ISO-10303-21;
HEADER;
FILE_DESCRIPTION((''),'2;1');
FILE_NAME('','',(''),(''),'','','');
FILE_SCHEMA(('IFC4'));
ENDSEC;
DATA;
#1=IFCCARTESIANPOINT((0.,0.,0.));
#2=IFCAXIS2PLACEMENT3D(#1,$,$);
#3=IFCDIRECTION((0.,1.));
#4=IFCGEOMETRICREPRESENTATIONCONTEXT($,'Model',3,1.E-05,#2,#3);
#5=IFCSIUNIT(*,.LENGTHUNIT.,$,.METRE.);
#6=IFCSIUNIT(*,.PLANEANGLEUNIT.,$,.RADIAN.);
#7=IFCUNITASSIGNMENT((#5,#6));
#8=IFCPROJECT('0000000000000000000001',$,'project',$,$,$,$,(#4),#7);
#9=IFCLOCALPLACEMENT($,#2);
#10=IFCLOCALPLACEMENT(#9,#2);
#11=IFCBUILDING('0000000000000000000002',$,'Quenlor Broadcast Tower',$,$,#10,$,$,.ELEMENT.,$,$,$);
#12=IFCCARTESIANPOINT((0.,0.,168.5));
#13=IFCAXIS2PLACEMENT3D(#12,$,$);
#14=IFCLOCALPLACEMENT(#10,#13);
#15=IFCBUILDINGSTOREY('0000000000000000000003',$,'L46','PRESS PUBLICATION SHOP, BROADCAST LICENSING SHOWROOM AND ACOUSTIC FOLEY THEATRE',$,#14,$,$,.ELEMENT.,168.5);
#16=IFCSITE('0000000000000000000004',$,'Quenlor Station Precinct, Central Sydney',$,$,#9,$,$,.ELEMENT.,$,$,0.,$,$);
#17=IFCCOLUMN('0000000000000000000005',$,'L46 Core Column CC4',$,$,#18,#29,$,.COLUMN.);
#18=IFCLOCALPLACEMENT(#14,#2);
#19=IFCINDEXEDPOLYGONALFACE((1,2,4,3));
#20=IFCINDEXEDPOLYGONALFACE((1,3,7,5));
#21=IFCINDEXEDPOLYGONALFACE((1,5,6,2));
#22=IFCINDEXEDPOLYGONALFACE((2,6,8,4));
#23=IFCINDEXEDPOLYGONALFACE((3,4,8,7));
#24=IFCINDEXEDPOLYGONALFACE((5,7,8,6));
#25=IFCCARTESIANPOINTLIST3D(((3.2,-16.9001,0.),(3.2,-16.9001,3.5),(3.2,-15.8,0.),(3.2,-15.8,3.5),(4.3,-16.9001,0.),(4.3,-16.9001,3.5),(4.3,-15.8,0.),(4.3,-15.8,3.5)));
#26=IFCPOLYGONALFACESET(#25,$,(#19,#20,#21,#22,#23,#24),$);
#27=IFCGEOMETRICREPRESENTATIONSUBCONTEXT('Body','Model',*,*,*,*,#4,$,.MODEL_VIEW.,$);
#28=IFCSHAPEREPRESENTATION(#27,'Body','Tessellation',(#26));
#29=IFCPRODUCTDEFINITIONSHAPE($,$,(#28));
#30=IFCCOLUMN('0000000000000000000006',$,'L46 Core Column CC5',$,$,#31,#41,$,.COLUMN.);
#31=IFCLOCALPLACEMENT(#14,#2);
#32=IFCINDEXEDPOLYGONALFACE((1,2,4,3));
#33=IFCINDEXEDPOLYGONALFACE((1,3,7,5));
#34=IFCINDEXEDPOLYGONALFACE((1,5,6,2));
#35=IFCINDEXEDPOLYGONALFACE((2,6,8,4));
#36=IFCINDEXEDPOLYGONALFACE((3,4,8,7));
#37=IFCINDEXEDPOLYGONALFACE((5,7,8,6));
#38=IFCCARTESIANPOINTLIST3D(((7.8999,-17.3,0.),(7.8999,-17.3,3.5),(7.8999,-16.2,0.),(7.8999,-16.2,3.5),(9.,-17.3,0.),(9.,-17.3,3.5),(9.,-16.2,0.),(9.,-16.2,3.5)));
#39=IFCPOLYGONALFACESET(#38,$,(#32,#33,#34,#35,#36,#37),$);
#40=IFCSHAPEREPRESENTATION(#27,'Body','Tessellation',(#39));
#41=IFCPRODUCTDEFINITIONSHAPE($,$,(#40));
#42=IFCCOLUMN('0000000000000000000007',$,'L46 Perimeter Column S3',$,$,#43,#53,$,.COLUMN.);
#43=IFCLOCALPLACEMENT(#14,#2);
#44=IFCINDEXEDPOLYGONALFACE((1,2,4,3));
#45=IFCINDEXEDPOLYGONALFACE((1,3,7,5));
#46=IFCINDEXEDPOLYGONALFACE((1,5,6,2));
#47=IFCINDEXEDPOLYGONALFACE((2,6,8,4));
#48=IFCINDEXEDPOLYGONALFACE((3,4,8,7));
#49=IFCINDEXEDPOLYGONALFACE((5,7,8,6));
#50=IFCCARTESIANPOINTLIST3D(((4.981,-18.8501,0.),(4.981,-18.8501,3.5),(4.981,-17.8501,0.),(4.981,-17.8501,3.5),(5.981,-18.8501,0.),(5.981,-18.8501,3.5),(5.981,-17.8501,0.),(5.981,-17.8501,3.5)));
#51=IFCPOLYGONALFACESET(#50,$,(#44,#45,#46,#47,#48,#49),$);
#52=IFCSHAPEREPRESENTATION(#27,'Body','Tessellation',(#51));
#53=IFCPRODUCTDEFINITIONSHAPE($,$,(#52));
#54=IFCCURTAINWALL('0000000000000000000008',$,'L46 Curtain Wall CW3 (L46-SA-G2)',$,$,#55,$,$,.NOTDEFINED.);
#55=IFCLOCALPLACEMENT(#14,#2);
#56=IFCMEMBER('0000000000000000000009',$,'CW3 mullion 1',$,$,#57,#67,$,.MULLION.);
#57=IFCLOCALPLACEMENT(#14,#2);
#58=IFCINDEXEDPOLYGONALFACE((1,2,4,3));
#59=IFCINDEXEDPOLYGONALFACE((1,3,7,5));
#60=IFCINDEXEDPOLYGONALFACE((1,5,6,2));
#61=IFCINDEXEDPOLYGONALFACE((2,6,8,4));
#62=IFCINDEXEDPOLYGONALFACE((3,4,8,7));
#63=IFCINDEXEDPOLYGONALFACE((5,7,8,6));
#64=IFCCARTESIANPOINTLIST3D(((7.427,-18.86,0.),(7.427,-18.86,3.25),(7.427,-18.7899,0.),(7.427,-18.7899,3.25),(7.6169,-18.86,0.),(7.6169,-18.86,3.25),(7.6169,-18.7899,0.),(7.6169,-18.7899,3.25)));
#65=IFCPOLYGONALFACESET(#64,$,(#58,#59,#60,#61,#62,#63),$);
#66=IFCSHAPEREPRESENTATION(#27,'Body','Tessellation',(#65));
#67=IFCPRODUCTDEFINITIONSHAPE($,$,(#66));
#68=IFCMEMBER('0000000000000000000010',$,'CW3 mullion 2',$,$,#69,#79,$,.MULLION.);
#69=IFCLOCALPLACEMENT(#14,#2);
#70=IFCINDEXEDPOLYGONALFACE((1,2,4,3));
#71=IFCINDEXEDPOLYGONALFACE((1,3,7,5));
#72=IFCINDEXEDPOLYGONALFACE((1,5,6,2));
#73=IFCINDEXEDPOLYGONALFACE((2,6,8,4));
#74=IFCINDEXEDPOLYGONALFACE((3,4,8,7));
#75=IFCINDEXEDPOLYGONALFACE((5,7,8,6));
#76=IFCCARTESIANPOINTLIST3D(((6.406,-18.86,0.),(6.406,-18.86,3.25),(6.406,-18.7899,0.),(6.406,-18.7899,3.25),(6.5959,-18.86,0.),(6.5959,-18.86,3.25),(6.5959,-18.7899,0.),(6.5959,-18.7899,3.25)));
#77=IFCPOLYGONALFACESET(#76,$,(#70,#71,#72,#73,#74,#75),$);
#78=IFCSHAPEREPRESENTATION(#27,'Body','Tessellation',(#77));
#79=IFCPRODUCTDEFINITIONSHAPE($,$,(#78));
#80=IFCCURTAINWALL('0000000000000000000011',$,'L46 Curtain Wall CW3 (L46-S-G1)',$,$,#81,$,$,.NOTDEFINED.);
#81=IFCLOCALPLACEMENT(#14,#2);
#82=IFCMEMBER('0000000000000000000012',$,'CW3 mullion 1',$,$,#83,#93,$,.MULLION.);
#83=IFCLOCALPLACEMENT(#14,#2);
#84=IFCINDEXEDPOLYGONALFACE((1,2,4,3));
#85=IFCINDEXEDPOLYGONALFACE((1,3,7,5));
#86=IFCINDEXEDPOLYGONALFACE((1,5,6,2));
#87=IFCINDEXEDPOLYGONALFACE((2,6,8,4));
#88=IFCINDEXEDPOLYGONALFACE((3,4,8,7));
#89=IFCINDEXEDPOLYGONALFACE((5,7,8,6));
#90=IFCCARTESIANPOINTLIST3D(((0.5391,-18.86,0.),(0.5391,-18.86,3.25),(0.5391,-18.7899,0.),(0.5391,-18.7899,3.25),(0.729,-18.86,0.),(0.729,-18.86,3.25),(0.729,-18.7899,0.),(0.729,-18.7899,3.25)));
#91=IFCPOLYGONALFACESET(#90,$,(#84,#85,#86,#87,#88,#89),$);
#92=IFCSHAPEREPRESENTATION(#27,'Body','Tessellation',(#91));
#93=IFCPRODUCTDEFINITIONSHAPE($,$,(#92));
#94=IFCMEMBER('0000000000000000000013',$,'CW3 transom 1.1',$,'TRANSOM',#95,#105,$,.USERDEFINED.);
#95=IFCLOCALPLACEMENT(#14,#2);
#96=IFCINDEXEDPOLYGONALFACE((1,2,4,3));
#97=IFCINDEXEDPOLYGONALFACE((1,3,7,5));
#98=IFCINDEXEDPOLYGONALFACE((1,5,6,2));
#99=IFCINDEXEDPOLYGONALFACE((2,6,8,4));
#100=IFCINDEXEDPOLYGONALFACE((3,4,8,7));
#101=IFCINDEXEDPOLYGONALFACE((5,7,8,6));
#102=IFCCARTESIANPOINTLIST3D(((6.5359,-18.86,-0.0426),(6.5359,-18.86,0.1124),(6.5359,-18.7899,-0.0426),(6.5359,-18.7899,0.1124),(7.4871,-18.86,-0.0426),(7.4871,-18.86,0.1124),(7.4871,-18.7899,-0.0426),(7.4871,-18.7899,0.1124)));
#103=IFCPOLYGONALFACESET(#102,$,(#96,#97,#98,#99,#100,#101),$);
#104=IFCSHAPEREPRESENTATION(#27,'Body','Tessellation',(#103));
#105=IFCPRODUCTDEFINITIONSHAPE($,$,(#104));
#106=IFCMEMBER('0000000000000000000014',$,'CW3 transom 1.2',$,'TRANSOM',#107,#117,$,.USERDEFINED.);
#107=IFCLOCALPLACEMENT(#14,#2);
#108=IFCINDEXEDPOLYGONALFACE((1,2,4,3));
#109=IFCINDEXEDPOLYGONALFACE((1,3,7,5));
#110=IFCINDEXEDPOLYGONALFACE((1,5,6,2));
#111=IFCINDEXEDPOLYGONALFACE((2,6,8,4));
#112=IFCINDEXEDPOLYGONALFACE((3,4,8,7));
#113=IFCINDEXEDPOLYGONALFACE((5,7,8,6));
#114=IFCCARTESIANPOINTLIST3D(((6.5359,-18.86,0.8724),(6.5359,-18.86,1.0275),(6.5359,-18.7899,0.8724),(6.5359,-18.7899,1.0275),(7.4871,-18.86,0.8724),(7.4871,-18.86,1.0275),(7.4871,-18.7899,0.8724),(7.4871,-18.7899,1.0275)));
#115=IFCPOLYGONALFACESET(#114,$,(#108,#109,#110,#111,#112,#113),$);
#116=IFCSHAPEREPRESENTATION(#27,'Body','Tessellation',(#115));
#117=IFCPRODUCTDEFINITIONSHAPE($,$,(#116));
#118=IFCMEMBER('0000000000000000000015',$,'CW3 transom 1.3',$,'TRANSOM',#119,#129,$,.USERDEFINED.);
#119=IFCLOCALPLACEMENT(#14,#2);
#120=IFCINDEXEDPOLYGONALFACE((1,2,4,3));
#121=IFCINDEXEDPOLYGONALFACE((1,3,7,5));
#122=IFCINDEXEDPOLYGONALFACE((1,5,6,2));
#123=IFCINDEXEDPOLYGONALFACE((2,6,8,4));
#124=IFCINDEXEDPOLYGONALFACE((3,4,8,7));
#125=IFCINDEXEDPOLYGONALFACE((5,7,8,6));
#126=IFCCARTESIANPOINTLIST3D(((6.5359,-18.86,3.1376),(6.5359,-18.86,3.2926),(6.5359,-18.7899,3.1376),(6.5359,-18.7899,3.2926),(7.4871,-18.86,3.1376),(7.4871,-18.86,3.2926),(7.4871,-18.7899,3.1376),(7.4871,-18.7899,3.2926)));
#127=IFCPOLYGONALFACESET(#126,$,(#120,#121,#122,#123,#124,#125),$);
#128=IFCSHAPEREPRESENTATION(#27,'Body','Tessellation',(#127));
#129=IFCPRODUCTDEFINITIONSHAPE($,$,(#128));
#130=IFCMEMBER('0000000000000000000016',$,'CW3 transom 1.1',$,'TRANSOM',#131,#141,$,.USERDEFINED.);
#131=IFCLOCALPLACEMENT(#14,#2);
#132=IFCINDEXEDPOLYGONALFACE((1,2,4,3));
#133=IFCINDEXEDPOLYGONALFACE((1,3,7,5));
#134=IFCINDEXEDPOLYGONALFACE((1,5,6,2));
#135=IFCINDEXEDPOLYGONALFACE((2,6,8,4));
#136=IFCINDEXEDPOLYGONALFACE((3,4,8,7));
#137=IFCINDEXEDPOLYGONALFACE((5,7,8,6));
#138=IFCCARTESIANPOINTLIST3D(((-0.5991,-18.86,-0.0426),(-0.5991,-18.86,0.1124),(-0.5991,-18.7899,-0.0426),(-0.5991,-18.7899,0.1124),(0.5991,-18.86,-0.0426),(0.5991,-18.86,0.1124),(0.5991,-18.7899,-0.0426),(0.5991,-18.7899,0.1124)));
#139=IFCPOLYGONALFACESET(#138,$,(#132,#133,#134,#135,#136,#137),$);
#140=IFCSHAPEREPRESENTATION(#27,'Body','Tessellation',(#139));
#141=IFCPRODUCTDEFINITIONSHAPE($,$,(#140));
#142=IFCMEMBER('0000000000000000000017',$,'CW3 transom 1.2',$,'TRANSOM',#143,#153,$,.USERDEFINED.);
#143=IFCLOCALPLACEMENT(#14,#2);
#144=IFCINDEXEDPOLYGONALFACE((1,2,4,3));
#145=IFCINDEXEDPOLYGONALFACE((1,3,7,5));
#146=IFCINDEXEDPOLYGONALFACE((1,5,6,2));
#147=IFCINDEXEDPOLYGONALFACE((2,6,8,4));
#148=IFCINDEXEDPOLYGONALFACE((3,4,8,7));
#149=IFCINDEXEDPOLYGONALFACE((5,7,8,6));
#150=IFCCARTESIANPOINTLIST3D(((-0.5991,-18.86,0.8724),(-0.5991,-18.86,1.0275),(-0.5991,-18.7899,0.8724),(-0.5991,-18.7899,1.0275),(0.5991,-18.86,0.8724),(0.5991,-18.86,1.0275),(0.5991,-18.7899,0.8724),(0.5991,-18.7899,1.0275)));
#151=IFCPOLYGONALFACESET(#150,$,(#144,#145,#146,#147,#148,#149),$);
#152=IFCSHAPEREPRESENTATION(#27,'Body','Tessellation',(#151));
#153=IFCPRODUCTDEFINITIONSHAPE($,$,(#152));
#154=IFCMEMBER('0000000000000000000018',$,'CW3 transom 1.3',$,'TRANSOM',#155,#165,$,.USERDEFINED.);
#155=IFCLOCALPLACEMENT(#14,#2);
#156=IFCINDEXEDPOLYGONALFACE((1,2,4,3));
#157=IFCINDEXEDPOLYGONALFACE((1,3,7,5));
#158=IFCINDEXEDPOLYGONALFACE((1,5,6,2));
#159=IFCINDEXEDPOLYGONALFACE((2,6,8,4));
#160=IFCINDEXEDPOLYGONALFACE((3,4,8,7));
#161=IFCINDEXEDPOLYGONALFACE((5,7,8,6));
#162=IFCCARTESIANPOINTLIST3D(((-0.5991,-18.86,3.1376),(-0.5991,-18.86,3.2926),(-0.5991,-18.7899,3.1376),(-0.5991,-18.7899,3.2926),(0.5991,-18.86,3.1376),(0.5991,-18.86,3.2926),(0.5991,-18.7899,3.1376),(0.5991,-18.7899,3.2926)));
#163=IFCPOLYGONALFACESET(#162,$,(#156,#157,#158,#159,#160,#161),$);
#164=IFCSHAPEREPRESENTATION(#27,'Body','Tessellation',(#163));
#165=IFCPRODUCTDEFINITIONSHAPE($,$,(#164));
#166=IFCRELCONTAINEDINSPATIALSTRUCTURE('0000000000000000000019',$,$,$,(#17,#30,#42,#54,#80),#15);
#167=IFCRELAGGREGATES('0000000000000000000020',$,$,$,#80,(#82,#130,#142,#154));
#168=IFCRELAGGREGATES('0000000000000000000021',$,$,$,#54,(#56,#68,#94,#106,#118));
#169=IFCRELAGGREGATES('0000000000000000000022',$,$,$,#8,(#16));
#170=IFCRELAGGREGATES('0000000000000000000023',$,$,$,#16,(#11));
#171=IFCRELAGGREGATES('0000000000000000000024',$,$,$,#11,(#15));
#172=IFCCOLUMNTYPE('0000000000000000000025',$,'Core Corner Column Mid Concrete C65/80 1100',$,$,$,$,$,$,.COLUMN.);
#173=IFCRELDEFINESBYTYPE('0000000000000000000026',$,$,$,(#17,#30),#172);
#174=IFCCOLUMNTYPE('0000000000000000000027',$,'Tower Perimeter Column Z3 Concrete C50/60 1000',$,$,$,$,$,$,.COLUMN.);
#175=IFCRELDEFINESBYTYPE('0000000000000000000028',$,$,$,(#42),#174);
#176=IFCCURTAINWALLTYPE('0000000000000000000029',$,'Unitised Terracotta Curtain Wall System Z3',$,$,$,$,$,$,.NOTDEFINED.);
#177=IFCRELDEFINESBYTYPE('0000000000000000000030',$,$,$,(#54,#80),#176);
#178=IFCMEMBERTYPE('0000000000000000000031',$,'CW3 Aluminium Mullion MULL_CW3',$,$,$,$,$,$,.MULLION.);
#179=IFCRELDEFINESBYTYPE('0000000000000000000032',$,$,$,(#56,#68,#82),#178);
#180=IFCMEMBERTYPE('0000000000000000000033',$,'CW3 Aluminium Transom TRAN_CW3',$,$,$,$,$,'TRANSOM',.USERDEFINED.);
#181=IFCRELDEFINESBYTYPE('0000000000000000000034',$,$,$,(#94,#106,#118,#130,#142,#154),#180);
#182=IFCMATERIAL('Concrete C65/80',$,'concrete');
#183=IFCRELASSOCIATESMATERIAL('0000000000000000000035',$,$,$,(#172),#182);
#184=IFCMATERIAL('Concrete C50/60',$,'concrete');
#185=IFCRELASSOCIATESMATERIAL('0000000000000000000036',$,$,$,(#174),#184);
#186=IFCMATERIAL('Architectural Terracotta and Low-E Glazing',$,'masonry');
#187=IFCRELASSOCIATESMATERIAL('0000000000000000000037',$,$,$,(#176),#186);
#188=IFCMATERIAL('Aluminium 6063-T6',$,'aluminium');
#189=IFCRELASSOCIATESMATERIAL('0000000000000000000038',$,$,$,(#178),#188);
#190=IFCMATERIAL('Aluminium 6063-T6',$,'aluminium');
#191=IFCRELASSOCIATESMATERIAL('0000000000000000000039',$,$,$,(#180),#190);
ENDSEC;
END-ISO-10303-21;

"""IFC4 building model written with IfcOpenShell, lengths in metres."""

from ifc_helpers import new_model, si_unit, direction, frame, origin, origin_2d, place, context, subcontext, project, spatial, rectangle, extrude, material, material_profile, profile_set, type_object, element, aggregate, save


model = new_model("IFC4")

# Units and contexts
model_context = context("Model", 3, precision=1e-05, world=origin(), true_north=direction((0.0, 1.0)))
body_context = subcontext(model_context, "Body", "Model", "MODEL_VIEW")
ifc_project = project(units=[si_unit("LENGTHUNIT", "METRE"), si_unit("PLANEANGLEUNIT", "RADIAN")], contexts=[model_context])

# Site, building, storey
site_placement = place(None, origin())
site = spatial("IfcSite", under=ifc_project, at=site_placement, Name="Quenlor Station Precinct, Central Sydney", CompositionType="ELEMENT", RefElevation=0.0)
building_placement = place(site_placement, origin())
building = spatial("IfcBuilding", under=site, at=building_placement, Name="Quenlor Broadcast Tower", CompositionType="ELEMENT")
storey_placement = place(building_placement, frame((0.0, 0.0, 168.5)))
storey = spatial("IfcBuildingStorey", under=building, at=storey_placement, Name="L46", Description="PRESS PUBLICATION SHOP, BROADCAST LICENSING SHOWROOM AND ACOUSTIC FOLEY THEATRE", CompositionType="ELEMENT", Elevation=168.5)

# Columns
ifc_material_1 = material(Name="Concrete C65/80", Category="concrete")
ifc_material_profile_1 = material_profile(ifc_material_1, rectangle(XDim=1.1001, YDim=1.1001, at=origin_2d()))
ifc_profile_set_1 = profile_set([ifc_material_profile_1], Name="Concrete C65/80 RC1100x1100")
column_type_1 = type_object("IfcColumnType", Name="Core Corner Column Mid Concrete C65/80 1100", PredefinedType="COLUMN", material=ifc_profile_set_1)
for number, where, z_axis, x_axis, name in (
    (1, (3.75, -16.3501, 0.0), (0.0, 0.0, 1.0), (1.0, 0.0, 0.0), "L46 Core Column CC4"),
    (2, (8.45, -16.75, 0.0), (0.0, 0.0, 1.0), (1.0, 0.0, 0.0), "L46 Core Column CC5"),
):
    element("IfcColumn", number, at=place(storey_placement, frame(where, z_axis=z_axis, x_axis=x_axis)), inside=storey, type_object=column_type_1, Name=name, PredefinedType="COLUMN", context=body_context, shape_type="SweptSolid", body=[
        extrude(rectangle(XDim=1.1001, YDim=1.1001, at=origin_2d()), origin(), (0.0, 0.0, 1.0), 3.5),
    ])
ifc_material_2 = material(Name="Concrete C50/60", Category="concrete")
ifc_material_profile_2 = material_profile(ifc_material_2, rectangle(XDim=1.0, YDim=1.0, at=origin_2d()))
ifc_profile_set_2 = profile_set([ifc_material_profile_2], Name="Concrete C50/60 RC1000x1000")
column_type_2 = type_object("IfcColumnType", Name="Tower Perimeter Column Z3 Concrete C50/60 1000", PredefinedType="COLUMN", material=ifc_profile_set_2)
column_placement = place(storey_placement, frame((5.481, -18.3501, 0.0), z_axis=(0.0, 0.0, 1.0), x_axis=(0.0, 1.0, 0.0)))
element("IfcColumn", 3, at=column_placement, inside=storey, type_object=column_type_2, Name="L46 Perimeter Column S3", PredefinedType="COLUMN", context=body_context, shape_type="SweptSolid", body=[
    extrude(rectangle(XDim=1.0, YDim=1.0, at=origin_2d()), origin(), (0.0, 0.0, 1.0), 3.5),
])

# Curtain wall, members
ifc_material_3 = material(Name="Architectural Terracotta and Low-E Glazing", Category="masonry")
curtain_wall_type = type_object("IfcCurtainWallType", Name="Unitised Terracotta Curtain Wall System Z3", PredefinedType="NOTDEFINED", material=ifc_material_3)
curtain_wall_1_placement = place(storey_placement, origin())
curtain_wall_1 = element("IfcCurtainWall", 4, at=curtain_wall_1_placement, inside=storey, type_object=curtain_wall_type, Name="L46 Curtain Wall CW3 (L46-SA-G2)", PredefinedType="NOTDEFINED")
ifc_material_4 = material(Name="Aluminium 6063-T6", Category="aluminium")
ifc_material_profile_3 = material_profile(ifc_material_4, rectangle(XDim=0.0701, YDim=0.1899, at=origin_2d()))
ifc_profile_set_3 = profile_set([ifc_material_profile_3], Name="Aluminium 6063-T6 MULL70x190")
member_type_1 = type_object("IfcMemberType", Name="CW3 Aluminium Mullion MULL_CW3", PredefinedType="MULLION", material=ifc_profile_set_3)
member_1_placement = place(storey_placement, frame((7.522, -18.825, 0.0), z_axis=(0.0, 0.0, 1.0), x_axis=(0.0, -1.0, 0.0)))
member_1 = element("IfcMember", 5, at=member_1_placement, type_object=member_type_1, Name="CW3 mullion 1", PredefinedType="MULLION", context=body_context, shape_type="SweptSolid", body=[
    extrude(rectangle(XDim=0.0701, YDim=0.1899, at=origin_2d()), origin(), (0.0, 0.0, 1.0), 3.25),
])
member_2_placement = place(storey_placement, frame((6.501, -18.825, 0.0), z_axis=(0.0, 0.0, 1.0), x_axis=(0.0, -1.0, 0.0)))
member_2 = element("IfcMember", 6, at=member_2_placement, type_object=member_type_1, Name="CW3 mullion 2", PredefinedType="MULLION", context=body_context, shape_type="SweptSolid", body=[
    extrude(rectangle(XDim=0.0701, YDim=0.1899, at=origin_2d()), origin(), (0.0, 0.0, 1.0), 3.25),
])

# Curtain wall, member
curtain_wall_2_placement = place(storey_placement, origin())
curtain_wall_2 = element("IfcCurtainWall", 7, at=curtain_wall_2_placement, inside=storey, type_object=curtain_wall_type, Name="L46 Curtain Wall CW3 (L46-S-G1)", PredefinedType="NOTDEFINED")
member_3_placement = place(storey_placement, frame((0.634, -18.825, 0.0), z_axis=(0.0, 0.0, 1.0), x_axis=(0.0, -1.0, 0.0)))
member_3 = element("IfcMember", 8, at=member_3_placement, type_object=member_type_1, Name="CW3 mullion 1", PredefinedType="MULLION", context=body_context, shape_type="SweptSolid", body=[
    extrude(rectangle(XDim=0.0701, YDim=0.1899, at=origin_2d()), origin(), (0.0, 0.0, 1.0), 3.25),
])

# Members
ifc_material_5 = material(Name="Aluminium 6063-T6", Category="aluminium")
ifc_material_profile_4 = material_profile(ifc_material_5, rectangle(XDim=0.0701, YDim=0.155, at=origin_2d()))
ifc_profile_set_4 = profile_set([ifc_material_profile_4], Name="Aluminium 6063-T6 TRAN70x155")
member_type_2 = type_object("IfcMemberType", Name="CW3 Aluminium Transom TRAN_CW3", ElementType="TRANSOM", PredefinedType="USERDEFINED", material=ifc_profile_set_4)
member_4_placement = place(storey_placement, frame((7.4871, -18.825, 0.0349), z_axis=(-1.0, 0.0, 0.0), x_axis=(0.0, -1.0, 0.0)))
member_4 = element("IfcMember", 9, at=member_4_placement, type_object=member_type_2, Name="CW3 transom 1.1", ObjectType="TRANSOM", PredefinedType="USERDEFINED", context=body_context, shape_type="SweptSolid", body=[
    extrude(rectangle(XDim=0.0701, YDim=0.155, at=origin_2d()), origin(), (0.0, 0.0, 1.0), 0.9512),
])
member_5_placement = place(storey_placement, frame((7.4871, -18.825, 0.95), z_axis=(-1.0, 0.0, 0.0), x_axis=(0.0, -1.0, 0.0)))
member_5 = element("IfcMember", 10, at=member_5_placement, type_object=member_type_2, Name="CW3 transom 1.2", ObjectType="TRANSOM", PredefinedType="USERDEFINED", context=body_context, shape_type="SweptSolid", body=[
    extrude(rectangle(XDim=0.0701, YDim=0.155, at=origin_2d()), origin(), (0.0, 0.0, 1.0), 0.9512),
])
member_6_placement = place(storey_placement, frame((7.4871, -18.825, 3.2151), z_axis=(-1.0, 0.0, 0.0), x_axis=(0.0, -1.0, 0.0)))
member_6 = element("IfcMember", 11, at=member_6_placement, type_object=member_type_2, Name="CW3 transom 1.3", ObjectType="TRANSOM", PredefinedType="USERDEFINED", context=body_context, shape_type="SweptSolid", body=[
    extrude(rectangle(XDim=0.0701, YDim=0.155, at=origin_2d()), origin(), (0.0, 0.0, 1.0), 0.9512),
])
member_7_placement = place(storey_placement, frame((0.5991, -18.825, 0.0349), z_axis=(-1.0, 0.0, 0.0), x_axis=(0.0, -1.0, 0.0)))
member_7 = element("IfcMember", 12, at=member_7_placement, type_object=member_type_2, Name="CW3 transom 1.1", ObjectType="TRANSOM", PredefinedType="USERDEFINED", context=body_context, shape_type="SweptSolid", body=[
    extrude(rectangle(XDim=0.0701, YDim=0.155, at=origin_2d()), origin(), (0.0, 0.0, 1.0), 1.1982),
])
member_8_placement = place(storey_placement, frame((0.5991, -18.825, 0.95), z_axis=(-1.0, 0.0, 0.0), x_axis=(0.0, -1.0, 0.0)))
member_8 = element("IfcMember", 13, at=member_8_placement, type_object=member_type_2, Name="CW3 transom 1.2", ObjectType="TRANSOM", PredefinedType="USERDEFINED", context=body_context, shape_type="SweptSolid", body=[
    extrude(rectangle(XDim=0.0701, YDim=0.155, at=origin_2d()), origin(), (0.0, 0.0, 1.0), 1.1982),
])
member_9_placement = place(storey_placement, frame((0.5991, -18.825, 3.2151), z_axis=(-1.0, 0.0, 0.0), x_axis=(0.0, -1.0, 0.0)))
member_9 = element("IfcMember", 14, at=member_9_placement, type_object=member_type_2, Name="CW3 transom 1.3", ObjectType="TRANSOM", PredefinedType="USERDEFINED", context=body_context, shape_type="SweptSolid", body=[
    extrude(rectangle(XDim=0.0701, YDim=0.155, at=origin_2d()), origin(), (0.0, 0.0, 1.0), 1.1982),
])
aggregate(curtain_wall_2, [member_3, member_7, member_8, member_9])

aggregate(curtain_wall_1, [member_1, member_2, member_4, member_5, member_6])

save(model, "model.ifc")
